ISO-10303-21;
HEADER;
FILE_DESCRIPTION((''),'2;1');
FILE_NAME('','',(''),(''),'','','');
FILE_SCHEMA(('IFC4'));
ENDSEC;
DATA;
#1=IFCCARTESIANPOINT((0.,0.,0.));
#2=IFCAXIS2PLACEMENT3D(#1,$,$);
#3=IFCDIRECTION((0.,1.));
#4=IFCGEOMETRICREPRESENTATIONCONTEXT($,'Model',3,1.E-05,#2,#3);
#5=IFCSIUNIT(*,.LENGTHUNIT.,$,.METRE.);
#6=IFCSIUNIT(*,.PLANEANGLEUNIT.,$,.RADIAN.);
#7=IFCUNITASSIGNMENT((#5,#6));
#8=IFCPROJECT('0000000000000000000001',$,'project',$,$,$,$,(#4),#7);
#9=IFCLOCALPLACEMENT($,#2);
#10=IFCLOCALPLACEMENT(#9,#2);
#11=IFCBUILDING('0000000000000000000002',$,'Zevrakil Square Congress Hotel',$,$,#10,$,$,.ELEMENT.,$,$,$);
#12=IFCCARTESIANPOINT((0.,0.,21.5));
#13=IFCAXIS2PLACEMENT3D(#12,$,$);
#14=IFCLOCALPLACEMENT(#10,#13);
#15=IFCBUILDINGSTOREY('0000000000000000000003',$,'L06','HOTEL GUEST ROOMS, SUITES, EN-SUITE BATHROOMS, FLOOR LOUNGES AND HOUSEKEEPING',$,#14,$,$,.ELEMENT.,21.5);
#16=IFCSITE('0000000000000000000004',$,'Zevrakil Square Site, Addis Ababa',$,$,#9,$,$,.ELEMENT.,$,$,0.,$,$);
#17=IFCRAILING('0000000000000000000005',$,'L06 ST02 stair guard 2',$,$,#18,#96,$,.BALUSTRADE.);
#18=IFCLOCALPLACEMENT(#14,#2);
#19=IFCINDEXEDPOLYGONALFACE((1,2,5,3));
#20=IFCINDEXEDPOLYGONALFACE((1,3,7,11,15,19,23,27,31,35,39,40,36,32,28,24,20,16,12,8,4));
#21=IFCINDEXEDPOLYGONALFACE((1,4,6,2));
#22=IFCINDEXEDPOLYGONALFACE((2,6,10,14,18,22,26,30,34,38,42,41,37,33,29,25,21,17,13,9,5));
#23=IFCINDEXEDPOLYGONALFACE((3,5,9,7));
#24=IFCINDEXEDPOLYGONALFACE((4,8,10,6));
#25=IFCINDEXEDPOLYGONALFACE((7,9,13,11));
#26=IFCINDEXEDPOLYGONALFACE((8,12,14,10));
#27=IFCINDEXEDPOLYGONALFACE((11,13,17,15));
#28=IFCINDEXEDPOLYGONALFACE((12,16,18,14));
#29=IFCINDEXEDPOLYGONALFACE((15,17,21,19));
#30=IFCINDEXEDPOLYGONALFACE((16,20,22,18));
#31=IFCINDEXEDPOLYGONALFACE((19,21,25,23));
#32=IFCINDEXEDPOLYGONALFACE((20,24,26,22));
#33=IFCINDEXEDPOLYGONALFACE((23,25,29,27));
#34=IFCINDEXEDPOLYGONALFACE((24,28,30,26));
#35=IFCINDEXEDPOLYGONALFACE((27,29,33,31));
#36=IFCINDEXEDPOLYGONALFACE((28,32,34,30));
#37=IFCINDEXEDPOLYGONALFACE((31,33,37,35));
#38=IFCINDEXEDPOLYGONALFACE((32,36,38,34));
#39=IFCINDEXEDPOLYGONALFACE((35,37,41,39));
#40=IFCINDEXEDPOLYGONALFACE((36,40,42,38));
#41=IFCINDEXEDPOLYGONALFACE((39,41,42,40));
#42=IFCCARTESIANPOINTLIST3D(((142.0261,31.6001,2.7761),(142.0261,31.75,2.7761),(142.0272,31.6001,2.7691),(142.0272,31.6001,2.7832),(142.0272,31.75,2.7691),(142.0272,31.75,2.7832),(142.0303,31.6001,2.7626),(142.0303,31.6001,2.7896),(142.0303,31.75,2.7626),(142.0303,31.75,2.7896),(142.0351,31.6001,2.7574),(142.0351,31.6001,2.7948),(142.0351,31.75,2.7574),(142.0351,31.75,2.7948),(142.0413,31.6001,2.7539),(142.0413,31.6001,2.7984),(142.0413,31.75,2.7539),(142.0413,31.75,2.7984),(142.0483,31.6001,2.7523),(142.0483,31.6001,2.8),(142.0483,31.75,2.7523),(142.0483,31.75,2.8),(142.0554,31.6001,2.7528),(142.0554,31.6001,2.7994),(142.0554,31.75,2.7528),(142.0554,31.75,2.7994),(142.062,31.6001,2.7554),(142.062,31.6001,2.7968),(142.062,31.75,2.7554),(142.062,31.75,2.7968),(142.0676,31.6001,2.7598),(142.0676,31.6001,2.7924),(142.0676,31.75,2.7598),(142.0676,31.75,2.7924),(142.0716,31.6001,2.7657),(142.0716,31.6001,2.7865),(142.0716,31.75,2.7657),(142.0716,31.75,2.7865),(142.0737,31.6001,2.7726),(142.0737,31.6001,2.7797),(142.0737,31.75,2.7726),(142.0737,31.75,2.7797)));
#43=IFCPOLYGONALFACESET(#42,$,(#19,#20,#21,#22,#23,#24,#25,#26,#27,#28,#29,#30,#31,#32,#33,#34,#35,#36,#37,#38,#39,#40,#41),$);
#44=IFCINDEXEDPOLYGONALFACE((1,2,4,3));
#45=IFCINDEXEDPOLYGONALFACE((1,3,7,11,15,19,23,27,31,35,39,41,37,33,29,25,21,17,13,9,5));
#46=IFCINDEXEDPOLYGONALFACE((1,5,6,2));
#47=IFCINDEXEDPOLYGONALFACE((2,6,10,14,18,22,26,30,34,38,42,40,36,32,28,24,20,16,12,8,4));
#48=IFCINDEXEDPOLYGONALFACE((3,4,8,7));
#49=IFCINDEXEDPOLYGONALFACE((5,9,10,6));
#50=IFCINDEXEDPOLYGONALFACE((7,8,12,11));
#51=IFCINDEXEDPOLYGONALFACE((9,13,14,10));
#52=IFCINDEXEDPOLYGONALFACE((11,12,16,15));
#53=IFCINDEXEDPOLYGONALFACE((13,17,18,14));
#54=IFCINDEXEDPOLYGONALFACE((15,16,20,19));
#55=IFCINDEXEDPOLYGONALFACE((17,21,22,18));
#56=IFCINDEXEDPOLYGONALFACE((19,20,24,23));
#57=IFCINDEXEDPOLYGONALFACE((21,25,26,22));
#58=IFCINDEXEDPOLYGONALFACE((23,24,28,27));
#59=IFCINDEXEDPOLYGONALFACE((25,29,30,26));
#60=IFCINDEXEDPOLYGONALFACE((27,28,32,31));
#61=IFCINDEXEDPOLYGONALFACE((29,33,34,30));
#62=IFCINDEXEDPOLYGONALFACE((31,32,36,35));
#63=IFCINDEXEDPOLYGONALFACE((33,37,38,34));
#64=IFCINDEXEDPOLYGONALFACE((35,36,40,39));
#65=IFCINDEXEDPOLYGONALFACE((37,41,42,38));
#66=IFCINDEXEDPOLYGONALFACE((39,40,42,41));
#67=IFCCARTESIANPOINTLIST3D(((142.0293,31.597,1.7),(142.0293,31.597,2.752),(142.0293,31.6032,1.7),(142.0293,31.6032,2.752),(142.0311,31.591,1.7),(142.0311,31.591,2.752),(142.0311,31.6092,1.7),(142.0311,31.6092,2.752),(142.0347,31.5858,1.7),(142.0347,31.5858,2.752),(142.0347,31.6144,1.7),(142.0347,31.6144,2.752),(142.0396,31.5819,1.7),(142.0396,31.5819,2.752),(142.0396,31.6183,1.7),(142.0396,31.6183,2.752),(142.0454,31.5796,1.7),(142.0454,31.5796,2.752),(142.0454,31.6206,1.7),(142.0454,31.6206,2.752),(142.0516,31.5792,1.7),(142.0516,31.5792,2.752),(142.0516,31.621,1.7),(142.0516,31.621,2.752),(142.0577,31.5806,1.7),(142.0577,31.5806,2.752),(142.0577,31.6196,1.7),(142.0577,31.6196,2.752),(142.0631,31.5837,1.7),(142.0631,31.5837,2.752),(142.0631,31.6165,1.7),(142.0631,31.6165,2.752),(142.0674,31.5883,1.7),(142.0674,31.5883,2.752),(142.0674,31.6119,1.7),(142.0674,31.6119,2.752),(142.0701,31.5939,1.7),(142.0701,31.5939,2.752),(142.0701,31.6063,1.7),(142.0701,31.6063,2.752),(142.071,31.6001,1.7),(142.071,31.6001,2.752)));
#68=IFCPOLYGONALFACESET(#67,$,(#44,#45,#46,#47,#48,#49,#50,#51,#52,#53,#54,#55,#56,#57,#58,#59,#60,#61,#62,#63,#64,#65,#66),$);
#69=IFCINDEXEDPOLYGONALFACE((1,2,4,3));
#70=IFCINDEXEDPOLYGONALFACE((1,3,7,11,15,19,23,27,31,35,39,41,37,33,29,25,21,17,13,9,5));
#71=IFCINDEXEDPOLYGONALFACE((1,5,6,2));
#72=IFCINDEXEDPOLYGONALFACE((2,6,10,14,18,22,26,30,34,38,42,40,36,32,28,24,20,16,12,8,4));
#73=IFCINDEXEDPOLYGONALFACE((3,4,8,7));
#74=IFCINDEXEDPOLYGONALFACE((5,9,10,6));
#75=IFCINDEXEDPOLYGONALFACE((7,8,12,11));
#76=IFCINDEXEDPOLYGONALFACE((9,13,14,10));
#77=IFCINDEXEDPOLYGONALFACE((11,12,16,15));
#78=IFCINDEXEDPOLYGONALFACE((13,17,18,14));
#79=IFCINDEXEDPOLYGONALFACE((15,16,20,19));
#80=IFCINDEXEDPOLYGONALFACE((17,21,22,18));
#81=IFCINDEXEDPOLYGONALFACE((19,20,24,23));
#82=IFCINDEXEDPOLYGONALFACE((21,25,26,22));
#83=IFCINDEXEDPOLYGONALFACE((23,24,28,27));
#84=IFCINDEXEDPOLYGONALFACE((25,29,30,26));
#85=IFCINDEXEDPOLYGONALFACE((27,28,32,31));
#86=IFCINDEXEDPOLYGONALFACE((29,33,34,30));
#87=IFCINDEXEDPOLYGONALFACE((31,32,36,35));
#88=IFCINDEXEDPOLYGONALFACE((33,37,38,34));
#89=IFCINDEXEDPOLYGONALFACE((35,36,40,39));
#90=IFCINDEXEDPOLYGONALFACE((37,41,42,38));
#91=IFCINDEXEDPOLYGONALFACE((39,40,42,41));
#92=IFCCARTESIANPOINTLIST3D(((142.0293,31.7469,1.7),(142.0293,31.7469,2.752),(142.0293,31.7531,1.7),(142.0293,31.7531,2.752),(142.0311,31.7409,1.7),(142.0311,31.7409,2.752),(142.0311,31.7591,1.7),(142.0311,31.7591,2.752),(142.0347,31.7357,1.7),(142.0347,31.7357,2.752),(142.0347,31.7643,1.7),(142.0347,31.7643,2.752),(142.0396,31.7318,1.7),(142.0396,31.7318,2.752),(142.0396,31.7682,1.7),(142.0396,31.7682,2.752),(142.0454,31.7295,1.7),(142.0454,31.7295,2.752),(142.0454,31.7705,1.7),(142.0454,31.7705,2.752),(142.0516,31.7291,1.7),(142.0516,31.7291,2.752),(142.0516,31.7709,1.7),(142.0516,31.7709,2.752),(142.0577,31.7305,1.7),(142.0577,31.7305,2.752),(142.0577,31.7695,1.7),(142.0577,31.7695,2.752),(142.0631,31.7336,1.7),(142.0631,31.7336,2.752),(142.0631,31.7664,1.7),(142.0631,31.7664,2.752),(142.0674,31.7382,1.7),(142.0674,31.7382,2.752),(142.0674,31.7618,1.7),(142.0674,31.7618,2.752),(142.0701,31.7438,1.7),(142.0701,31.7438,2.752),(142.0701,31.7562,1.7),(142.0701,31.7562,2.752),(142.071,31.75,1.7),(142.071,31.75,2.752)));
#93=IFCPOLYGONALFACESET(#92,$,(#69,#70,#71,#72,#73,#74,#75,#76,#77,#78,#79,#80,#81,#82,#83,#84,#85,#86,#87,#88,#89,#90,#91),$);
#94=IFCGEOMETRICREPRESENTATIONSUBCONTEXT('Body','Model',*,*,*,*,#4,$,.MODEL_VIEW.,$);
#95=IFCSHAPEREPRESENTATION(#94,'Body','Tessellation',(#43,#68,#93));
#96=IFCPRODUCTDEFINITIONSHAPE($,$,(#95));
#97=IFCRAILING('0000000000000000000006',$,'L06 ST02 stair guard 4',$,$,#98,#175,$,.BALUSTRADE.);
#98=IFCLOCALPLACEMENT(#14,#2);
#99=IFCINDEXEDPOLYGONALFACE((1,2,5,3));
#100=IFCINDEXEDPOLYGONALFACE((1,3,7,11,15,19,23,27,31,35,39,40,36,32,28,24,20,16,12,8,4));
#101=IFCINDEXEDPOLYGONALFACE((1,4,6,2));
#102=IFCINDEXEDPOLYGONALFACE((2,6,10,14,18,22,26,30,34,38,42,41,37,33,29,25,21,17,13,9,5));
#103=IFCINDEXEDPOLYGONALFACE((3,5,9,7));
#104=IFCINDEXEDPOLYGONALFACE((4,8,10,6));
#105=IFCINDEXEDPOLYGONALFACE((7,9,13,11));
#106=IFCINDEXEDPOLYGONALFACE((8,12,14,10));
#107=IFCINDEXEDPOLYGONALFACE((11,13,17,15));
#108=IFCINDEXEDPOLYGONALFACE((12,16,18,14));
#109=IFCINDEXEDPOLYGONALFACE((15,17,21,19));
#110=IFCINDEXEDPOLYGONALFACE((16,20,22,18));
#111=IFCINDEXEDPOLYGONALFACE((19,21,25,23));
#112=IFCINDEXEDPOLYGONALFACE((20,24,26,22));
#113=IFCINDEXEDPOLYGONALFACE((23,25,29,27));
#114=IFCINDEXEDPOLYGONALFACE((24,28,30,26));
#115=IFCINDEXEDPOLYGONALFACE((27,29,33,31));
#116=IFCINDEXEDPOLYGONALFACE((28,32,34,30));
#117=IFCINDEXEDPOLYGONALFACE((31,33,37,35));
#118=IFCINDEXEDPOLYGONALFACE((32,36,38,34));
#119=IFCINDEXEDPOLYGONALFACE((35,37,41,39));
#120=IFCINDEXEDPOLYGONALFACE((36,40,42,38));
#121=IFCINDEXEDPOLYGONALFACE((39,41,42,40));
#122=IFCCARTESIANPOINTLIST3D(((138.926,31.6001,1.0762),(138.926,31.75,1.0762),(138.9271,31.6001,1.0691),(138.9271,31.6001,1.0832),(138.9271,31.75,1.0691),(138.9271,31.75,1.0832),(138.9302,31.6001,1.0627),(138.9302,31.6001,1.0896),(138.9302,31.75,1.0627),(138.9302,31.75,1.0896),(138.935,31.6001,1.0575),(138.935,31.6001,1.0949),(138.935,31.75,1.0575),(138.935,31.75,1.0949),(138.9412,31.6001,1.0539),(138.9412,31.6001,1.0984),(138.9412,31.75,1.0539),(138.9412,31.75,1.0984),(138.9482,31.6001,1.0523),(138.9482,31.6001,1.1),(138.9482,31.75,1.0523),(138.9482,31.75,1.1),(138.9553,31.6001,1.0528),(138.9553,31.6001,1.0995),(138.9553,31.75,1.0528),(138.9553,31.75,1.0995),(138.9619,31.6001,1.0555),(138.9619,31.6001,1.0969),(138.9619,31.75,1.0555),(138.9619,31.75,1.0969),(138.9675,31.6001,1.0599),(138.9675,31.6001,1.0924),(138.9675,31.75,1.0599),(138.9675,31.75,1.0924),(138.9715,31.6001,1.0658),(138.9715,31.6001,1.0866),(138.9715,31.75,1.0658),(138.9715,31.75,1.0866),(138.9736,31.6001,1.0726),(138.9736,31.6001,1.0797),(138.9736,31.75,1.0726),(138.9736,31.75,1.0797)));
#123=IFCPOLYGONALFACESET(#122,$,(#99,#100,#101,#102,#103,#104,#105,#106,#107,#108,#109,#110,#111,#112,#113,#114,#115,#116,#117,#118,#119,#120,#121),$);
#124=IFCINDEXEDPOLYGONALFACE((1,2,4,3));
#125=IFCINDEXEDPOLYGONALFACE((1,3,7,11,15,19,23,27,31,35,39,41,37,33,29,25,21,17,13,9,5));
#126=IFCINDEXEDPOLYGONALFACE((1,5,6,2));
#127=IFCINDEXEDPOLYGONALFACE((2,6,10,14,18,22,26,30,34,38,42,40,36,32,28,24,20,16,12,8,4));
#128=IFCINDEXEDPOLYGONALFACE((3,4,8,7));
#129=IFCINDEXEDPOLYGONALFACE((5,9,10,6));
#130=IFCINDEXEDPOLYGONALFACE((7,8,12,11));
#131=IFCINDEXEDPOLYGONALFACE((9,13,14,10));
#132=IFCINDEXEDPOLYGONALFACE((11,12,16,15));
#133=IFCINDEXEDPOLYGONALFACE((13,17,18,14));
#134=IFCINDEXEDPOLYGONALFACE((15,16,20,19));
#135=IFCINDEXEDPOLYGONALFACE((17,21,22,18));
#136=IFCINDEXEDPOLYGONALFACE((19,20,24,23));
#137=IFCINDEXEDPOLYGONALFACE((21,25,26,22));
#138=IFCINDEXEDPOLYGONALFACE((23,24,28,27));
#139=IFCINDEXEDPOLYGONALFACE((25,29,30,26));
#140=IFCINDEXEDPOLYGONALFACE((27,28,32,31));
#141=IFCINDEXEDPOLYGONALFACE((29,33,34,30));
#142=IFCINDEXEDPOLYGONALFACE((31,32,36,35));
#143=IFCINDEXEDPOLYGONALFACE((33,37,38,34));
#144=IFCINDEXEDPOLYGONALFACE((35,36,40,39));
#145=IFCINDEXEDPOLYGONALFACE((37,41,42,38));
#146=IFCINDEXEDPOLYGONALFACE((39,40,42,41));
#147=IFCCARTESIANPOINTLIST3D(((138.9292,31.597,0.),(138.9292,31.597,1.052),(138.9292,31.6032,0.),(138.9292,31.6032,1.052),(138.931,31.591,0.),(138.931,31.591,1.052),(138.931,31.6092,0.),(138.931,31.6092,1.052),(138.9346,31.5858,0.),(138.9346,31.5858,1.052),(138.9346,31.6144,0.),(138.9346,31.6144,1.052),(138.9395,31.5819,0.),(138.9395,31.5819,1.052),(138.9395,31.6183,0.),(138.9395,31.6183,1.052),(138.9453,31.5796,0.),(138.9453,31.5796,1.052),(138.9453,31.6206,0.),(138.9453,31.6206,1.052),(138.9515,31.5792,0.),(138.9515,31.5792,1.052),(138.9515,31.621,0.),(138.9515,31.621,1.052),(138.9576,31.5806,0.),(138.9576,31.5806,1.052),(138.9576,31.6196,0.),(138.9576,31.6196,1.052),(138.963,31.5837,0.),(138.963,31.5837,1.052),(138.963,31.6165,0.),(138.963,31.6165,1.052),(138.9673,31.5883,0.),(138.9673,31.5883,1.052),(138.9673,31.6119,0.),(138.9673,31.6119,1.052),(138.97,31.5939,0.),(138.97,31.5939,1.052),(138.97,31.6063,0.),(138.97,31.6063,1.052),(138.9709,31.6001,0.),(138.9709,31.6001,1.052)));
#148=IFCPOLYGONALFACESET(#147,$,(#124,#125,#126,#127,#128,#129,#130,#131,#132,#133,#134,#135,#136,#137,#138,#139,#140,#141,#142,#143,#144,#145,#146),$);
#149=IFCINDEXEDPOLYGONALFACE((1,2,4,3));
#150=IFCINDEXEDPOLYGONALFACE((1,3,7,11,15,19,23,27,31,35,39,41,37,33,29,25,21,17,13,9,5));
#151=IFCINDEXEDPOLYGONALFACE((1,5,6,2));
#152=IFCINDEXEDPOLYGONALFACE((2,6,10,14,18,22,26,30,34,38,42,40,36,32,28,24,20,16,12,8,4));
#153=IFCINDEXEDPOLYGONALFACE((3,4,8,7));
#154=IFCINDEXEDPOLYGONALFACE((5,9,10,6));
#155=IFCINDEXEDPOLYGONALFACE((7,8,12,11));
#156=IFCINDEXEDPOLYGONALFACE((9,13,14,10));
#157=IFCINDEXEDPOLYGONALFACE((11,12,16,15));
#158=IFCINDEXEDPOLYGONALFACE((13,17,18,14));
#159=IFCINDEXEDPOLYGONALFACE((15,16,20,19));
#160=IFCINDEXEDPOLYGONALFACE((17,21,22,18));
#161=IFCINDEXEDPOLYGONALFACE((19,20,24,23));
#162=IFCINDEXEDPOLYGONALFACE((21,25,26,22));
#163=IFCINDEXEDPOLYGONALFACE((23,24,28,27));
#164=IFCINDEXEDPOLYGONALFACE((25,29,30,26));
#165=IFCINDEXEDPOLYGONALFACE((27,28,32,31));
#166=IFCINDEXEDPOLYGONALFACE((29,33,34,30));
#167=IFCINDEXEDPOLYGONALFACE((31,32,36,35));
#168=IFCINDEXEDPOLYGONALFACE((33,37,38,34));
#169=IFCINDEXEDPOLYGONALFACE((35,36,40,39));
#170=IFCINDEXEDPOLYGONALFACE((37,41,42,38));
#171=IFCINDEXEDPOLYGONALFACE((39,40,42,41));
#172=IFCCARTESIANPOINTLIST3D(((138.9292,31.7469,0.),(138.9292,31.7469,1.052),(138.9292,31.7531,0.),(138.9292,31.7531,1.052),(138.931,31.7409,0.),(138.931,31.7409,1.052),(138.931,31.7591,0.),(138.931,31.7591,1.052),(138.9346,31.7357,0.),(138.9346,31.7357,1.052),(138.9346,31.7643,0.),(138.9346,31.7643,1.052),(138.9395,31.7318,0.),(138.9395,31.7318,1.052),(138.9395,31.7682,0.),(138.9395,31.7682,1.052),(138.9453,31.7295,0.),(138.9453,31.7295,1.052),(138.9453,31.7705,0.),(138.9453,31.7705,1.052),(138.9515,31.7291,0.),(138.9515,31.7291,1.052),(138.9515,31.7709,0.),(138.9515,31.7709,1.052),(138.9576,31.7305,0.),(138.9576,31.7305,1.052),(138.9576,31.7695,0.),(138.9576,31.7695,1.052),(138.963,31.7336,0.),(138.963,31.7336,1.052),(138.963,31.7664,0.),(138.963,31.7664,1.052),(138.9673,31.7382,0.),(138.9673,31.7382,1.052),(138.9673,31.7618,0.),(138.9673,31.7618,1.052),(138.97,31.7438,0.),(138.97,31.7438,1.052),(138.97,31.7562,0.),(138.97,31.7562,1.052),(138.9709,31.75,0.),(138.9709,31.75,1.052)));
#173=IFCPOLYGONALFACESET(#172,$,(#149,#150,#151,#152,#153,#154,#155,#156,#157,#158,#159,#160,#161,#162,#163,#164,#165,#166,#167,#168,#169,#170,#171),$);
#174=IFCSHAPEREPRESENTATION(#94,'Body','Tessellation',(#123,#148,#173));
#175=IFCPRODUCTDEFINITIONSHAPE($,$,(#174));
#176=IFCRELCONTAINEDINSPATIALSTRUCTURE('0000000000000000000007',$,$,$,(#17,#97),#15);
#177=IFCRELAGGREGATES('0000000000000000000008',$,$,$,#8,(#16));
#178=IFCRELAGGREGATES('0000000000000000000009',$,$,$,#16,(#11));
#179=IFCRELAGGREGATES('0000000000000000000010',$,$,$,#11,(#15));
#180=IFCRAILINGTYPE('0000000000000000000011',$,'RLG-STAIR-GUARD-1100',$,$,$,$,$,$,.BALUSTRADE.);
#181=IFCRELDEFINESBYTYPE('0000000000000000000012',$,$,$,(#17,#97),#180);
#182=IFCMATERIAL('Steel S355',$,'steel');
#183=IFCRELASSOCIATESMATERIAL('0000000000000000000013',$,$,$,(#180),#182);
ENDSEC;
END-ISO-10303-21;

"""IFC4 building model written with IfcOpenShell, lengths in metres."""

from ifc_helpers import new_model, si_unit, direction, frame, origin, origin_2d, place, context, subcontext, project, spatial, circle, extrude, material, type_object, element, save


model = new_model("IFC4")

# Units and contexts
model_context = context("Model", 3, precision=1e-05, world=origin(), true_north=direction((0.0, 1.0)))
body_context = subcontext(model_context, "Body", "Model", "MODEL_VIEW")
ifc_project = project(units=[si_unit("LENGTHUNIT", "METRE"), si_unit("PLANEANGLEUNIT", "RADIAN")], contexts=[model_context])

# Site, building, storey
site_placement = place(None, origin())
site = spatial("IfcSite", under=ifc_project, at=site_placement, Name="Zevrakil Square Site, Addis Ababa", CompositionType="ELEMENT", RefElevation=0.0)
building_placement = place(site_placement, origin())
building = spatial("IfcBuilding", under=site, at=building_placement, Name="Zevrakil Square Congress Hotel", CompositionType="ELEMENT")
storey_placement = place(building_placement, frame((0.0, 0.0, 21.5)))
storey = spatial("IfcBuildingStorey", under=building, at=storey_placement, Name="L06", Description="HOTEL GUEST ROOMS, SUITES, EN-SUITE BATHROOMS, FLOOR LOUNGES AND HOUSEKEEPING", CompositionType="ELEMENT", Elevation=21.5)

# Railings
ifc_material_1 = material(Name="Steel S355", Category="steel")
railing_type_1 = type_object("IfcRailingType", Name="RLG-STAIR-GUARD-1100", PredefinedType="BALUSTRADE", material=ifc_material_1)
for number, where, name in (
    (1, (142.05, 31.6001, 1.7), "L06 ST02 stair guard 2"),
    (2, (138.95, 31.6001, 0.0), "L06 ST02 stair guard 4"),
):
    element("IfcRailing", number, at=place(storey_placement, frame(where)), inside=storey, type_object=railing_type_1, Name=name, PredefinedType="BALUSTRADE", context=body_context, shape_type="SweptSolid", body=[
        extrude(circle(Radius=0.0239, at=origin_2d()), frame((0.0, 0.0, 1.0762), z_axis=(0.0, 1.0, 0.0), x_axis=(-1.0, 0.0, 0.0)), (0.0, 0.0, 1.0), 0.1499),
        extrude(circle(Radius=0.021, at=origin_2d()), origin(), (0.0, 0.0, 1.0), 1.052),
        extrude(circle(Radius=0.021, at=origin_2d()), frame((0.0, 0.1499, 0.0)), (0.0, 0.0, 1.0), 1.052),
    ])

save(model, "model.ifc")
